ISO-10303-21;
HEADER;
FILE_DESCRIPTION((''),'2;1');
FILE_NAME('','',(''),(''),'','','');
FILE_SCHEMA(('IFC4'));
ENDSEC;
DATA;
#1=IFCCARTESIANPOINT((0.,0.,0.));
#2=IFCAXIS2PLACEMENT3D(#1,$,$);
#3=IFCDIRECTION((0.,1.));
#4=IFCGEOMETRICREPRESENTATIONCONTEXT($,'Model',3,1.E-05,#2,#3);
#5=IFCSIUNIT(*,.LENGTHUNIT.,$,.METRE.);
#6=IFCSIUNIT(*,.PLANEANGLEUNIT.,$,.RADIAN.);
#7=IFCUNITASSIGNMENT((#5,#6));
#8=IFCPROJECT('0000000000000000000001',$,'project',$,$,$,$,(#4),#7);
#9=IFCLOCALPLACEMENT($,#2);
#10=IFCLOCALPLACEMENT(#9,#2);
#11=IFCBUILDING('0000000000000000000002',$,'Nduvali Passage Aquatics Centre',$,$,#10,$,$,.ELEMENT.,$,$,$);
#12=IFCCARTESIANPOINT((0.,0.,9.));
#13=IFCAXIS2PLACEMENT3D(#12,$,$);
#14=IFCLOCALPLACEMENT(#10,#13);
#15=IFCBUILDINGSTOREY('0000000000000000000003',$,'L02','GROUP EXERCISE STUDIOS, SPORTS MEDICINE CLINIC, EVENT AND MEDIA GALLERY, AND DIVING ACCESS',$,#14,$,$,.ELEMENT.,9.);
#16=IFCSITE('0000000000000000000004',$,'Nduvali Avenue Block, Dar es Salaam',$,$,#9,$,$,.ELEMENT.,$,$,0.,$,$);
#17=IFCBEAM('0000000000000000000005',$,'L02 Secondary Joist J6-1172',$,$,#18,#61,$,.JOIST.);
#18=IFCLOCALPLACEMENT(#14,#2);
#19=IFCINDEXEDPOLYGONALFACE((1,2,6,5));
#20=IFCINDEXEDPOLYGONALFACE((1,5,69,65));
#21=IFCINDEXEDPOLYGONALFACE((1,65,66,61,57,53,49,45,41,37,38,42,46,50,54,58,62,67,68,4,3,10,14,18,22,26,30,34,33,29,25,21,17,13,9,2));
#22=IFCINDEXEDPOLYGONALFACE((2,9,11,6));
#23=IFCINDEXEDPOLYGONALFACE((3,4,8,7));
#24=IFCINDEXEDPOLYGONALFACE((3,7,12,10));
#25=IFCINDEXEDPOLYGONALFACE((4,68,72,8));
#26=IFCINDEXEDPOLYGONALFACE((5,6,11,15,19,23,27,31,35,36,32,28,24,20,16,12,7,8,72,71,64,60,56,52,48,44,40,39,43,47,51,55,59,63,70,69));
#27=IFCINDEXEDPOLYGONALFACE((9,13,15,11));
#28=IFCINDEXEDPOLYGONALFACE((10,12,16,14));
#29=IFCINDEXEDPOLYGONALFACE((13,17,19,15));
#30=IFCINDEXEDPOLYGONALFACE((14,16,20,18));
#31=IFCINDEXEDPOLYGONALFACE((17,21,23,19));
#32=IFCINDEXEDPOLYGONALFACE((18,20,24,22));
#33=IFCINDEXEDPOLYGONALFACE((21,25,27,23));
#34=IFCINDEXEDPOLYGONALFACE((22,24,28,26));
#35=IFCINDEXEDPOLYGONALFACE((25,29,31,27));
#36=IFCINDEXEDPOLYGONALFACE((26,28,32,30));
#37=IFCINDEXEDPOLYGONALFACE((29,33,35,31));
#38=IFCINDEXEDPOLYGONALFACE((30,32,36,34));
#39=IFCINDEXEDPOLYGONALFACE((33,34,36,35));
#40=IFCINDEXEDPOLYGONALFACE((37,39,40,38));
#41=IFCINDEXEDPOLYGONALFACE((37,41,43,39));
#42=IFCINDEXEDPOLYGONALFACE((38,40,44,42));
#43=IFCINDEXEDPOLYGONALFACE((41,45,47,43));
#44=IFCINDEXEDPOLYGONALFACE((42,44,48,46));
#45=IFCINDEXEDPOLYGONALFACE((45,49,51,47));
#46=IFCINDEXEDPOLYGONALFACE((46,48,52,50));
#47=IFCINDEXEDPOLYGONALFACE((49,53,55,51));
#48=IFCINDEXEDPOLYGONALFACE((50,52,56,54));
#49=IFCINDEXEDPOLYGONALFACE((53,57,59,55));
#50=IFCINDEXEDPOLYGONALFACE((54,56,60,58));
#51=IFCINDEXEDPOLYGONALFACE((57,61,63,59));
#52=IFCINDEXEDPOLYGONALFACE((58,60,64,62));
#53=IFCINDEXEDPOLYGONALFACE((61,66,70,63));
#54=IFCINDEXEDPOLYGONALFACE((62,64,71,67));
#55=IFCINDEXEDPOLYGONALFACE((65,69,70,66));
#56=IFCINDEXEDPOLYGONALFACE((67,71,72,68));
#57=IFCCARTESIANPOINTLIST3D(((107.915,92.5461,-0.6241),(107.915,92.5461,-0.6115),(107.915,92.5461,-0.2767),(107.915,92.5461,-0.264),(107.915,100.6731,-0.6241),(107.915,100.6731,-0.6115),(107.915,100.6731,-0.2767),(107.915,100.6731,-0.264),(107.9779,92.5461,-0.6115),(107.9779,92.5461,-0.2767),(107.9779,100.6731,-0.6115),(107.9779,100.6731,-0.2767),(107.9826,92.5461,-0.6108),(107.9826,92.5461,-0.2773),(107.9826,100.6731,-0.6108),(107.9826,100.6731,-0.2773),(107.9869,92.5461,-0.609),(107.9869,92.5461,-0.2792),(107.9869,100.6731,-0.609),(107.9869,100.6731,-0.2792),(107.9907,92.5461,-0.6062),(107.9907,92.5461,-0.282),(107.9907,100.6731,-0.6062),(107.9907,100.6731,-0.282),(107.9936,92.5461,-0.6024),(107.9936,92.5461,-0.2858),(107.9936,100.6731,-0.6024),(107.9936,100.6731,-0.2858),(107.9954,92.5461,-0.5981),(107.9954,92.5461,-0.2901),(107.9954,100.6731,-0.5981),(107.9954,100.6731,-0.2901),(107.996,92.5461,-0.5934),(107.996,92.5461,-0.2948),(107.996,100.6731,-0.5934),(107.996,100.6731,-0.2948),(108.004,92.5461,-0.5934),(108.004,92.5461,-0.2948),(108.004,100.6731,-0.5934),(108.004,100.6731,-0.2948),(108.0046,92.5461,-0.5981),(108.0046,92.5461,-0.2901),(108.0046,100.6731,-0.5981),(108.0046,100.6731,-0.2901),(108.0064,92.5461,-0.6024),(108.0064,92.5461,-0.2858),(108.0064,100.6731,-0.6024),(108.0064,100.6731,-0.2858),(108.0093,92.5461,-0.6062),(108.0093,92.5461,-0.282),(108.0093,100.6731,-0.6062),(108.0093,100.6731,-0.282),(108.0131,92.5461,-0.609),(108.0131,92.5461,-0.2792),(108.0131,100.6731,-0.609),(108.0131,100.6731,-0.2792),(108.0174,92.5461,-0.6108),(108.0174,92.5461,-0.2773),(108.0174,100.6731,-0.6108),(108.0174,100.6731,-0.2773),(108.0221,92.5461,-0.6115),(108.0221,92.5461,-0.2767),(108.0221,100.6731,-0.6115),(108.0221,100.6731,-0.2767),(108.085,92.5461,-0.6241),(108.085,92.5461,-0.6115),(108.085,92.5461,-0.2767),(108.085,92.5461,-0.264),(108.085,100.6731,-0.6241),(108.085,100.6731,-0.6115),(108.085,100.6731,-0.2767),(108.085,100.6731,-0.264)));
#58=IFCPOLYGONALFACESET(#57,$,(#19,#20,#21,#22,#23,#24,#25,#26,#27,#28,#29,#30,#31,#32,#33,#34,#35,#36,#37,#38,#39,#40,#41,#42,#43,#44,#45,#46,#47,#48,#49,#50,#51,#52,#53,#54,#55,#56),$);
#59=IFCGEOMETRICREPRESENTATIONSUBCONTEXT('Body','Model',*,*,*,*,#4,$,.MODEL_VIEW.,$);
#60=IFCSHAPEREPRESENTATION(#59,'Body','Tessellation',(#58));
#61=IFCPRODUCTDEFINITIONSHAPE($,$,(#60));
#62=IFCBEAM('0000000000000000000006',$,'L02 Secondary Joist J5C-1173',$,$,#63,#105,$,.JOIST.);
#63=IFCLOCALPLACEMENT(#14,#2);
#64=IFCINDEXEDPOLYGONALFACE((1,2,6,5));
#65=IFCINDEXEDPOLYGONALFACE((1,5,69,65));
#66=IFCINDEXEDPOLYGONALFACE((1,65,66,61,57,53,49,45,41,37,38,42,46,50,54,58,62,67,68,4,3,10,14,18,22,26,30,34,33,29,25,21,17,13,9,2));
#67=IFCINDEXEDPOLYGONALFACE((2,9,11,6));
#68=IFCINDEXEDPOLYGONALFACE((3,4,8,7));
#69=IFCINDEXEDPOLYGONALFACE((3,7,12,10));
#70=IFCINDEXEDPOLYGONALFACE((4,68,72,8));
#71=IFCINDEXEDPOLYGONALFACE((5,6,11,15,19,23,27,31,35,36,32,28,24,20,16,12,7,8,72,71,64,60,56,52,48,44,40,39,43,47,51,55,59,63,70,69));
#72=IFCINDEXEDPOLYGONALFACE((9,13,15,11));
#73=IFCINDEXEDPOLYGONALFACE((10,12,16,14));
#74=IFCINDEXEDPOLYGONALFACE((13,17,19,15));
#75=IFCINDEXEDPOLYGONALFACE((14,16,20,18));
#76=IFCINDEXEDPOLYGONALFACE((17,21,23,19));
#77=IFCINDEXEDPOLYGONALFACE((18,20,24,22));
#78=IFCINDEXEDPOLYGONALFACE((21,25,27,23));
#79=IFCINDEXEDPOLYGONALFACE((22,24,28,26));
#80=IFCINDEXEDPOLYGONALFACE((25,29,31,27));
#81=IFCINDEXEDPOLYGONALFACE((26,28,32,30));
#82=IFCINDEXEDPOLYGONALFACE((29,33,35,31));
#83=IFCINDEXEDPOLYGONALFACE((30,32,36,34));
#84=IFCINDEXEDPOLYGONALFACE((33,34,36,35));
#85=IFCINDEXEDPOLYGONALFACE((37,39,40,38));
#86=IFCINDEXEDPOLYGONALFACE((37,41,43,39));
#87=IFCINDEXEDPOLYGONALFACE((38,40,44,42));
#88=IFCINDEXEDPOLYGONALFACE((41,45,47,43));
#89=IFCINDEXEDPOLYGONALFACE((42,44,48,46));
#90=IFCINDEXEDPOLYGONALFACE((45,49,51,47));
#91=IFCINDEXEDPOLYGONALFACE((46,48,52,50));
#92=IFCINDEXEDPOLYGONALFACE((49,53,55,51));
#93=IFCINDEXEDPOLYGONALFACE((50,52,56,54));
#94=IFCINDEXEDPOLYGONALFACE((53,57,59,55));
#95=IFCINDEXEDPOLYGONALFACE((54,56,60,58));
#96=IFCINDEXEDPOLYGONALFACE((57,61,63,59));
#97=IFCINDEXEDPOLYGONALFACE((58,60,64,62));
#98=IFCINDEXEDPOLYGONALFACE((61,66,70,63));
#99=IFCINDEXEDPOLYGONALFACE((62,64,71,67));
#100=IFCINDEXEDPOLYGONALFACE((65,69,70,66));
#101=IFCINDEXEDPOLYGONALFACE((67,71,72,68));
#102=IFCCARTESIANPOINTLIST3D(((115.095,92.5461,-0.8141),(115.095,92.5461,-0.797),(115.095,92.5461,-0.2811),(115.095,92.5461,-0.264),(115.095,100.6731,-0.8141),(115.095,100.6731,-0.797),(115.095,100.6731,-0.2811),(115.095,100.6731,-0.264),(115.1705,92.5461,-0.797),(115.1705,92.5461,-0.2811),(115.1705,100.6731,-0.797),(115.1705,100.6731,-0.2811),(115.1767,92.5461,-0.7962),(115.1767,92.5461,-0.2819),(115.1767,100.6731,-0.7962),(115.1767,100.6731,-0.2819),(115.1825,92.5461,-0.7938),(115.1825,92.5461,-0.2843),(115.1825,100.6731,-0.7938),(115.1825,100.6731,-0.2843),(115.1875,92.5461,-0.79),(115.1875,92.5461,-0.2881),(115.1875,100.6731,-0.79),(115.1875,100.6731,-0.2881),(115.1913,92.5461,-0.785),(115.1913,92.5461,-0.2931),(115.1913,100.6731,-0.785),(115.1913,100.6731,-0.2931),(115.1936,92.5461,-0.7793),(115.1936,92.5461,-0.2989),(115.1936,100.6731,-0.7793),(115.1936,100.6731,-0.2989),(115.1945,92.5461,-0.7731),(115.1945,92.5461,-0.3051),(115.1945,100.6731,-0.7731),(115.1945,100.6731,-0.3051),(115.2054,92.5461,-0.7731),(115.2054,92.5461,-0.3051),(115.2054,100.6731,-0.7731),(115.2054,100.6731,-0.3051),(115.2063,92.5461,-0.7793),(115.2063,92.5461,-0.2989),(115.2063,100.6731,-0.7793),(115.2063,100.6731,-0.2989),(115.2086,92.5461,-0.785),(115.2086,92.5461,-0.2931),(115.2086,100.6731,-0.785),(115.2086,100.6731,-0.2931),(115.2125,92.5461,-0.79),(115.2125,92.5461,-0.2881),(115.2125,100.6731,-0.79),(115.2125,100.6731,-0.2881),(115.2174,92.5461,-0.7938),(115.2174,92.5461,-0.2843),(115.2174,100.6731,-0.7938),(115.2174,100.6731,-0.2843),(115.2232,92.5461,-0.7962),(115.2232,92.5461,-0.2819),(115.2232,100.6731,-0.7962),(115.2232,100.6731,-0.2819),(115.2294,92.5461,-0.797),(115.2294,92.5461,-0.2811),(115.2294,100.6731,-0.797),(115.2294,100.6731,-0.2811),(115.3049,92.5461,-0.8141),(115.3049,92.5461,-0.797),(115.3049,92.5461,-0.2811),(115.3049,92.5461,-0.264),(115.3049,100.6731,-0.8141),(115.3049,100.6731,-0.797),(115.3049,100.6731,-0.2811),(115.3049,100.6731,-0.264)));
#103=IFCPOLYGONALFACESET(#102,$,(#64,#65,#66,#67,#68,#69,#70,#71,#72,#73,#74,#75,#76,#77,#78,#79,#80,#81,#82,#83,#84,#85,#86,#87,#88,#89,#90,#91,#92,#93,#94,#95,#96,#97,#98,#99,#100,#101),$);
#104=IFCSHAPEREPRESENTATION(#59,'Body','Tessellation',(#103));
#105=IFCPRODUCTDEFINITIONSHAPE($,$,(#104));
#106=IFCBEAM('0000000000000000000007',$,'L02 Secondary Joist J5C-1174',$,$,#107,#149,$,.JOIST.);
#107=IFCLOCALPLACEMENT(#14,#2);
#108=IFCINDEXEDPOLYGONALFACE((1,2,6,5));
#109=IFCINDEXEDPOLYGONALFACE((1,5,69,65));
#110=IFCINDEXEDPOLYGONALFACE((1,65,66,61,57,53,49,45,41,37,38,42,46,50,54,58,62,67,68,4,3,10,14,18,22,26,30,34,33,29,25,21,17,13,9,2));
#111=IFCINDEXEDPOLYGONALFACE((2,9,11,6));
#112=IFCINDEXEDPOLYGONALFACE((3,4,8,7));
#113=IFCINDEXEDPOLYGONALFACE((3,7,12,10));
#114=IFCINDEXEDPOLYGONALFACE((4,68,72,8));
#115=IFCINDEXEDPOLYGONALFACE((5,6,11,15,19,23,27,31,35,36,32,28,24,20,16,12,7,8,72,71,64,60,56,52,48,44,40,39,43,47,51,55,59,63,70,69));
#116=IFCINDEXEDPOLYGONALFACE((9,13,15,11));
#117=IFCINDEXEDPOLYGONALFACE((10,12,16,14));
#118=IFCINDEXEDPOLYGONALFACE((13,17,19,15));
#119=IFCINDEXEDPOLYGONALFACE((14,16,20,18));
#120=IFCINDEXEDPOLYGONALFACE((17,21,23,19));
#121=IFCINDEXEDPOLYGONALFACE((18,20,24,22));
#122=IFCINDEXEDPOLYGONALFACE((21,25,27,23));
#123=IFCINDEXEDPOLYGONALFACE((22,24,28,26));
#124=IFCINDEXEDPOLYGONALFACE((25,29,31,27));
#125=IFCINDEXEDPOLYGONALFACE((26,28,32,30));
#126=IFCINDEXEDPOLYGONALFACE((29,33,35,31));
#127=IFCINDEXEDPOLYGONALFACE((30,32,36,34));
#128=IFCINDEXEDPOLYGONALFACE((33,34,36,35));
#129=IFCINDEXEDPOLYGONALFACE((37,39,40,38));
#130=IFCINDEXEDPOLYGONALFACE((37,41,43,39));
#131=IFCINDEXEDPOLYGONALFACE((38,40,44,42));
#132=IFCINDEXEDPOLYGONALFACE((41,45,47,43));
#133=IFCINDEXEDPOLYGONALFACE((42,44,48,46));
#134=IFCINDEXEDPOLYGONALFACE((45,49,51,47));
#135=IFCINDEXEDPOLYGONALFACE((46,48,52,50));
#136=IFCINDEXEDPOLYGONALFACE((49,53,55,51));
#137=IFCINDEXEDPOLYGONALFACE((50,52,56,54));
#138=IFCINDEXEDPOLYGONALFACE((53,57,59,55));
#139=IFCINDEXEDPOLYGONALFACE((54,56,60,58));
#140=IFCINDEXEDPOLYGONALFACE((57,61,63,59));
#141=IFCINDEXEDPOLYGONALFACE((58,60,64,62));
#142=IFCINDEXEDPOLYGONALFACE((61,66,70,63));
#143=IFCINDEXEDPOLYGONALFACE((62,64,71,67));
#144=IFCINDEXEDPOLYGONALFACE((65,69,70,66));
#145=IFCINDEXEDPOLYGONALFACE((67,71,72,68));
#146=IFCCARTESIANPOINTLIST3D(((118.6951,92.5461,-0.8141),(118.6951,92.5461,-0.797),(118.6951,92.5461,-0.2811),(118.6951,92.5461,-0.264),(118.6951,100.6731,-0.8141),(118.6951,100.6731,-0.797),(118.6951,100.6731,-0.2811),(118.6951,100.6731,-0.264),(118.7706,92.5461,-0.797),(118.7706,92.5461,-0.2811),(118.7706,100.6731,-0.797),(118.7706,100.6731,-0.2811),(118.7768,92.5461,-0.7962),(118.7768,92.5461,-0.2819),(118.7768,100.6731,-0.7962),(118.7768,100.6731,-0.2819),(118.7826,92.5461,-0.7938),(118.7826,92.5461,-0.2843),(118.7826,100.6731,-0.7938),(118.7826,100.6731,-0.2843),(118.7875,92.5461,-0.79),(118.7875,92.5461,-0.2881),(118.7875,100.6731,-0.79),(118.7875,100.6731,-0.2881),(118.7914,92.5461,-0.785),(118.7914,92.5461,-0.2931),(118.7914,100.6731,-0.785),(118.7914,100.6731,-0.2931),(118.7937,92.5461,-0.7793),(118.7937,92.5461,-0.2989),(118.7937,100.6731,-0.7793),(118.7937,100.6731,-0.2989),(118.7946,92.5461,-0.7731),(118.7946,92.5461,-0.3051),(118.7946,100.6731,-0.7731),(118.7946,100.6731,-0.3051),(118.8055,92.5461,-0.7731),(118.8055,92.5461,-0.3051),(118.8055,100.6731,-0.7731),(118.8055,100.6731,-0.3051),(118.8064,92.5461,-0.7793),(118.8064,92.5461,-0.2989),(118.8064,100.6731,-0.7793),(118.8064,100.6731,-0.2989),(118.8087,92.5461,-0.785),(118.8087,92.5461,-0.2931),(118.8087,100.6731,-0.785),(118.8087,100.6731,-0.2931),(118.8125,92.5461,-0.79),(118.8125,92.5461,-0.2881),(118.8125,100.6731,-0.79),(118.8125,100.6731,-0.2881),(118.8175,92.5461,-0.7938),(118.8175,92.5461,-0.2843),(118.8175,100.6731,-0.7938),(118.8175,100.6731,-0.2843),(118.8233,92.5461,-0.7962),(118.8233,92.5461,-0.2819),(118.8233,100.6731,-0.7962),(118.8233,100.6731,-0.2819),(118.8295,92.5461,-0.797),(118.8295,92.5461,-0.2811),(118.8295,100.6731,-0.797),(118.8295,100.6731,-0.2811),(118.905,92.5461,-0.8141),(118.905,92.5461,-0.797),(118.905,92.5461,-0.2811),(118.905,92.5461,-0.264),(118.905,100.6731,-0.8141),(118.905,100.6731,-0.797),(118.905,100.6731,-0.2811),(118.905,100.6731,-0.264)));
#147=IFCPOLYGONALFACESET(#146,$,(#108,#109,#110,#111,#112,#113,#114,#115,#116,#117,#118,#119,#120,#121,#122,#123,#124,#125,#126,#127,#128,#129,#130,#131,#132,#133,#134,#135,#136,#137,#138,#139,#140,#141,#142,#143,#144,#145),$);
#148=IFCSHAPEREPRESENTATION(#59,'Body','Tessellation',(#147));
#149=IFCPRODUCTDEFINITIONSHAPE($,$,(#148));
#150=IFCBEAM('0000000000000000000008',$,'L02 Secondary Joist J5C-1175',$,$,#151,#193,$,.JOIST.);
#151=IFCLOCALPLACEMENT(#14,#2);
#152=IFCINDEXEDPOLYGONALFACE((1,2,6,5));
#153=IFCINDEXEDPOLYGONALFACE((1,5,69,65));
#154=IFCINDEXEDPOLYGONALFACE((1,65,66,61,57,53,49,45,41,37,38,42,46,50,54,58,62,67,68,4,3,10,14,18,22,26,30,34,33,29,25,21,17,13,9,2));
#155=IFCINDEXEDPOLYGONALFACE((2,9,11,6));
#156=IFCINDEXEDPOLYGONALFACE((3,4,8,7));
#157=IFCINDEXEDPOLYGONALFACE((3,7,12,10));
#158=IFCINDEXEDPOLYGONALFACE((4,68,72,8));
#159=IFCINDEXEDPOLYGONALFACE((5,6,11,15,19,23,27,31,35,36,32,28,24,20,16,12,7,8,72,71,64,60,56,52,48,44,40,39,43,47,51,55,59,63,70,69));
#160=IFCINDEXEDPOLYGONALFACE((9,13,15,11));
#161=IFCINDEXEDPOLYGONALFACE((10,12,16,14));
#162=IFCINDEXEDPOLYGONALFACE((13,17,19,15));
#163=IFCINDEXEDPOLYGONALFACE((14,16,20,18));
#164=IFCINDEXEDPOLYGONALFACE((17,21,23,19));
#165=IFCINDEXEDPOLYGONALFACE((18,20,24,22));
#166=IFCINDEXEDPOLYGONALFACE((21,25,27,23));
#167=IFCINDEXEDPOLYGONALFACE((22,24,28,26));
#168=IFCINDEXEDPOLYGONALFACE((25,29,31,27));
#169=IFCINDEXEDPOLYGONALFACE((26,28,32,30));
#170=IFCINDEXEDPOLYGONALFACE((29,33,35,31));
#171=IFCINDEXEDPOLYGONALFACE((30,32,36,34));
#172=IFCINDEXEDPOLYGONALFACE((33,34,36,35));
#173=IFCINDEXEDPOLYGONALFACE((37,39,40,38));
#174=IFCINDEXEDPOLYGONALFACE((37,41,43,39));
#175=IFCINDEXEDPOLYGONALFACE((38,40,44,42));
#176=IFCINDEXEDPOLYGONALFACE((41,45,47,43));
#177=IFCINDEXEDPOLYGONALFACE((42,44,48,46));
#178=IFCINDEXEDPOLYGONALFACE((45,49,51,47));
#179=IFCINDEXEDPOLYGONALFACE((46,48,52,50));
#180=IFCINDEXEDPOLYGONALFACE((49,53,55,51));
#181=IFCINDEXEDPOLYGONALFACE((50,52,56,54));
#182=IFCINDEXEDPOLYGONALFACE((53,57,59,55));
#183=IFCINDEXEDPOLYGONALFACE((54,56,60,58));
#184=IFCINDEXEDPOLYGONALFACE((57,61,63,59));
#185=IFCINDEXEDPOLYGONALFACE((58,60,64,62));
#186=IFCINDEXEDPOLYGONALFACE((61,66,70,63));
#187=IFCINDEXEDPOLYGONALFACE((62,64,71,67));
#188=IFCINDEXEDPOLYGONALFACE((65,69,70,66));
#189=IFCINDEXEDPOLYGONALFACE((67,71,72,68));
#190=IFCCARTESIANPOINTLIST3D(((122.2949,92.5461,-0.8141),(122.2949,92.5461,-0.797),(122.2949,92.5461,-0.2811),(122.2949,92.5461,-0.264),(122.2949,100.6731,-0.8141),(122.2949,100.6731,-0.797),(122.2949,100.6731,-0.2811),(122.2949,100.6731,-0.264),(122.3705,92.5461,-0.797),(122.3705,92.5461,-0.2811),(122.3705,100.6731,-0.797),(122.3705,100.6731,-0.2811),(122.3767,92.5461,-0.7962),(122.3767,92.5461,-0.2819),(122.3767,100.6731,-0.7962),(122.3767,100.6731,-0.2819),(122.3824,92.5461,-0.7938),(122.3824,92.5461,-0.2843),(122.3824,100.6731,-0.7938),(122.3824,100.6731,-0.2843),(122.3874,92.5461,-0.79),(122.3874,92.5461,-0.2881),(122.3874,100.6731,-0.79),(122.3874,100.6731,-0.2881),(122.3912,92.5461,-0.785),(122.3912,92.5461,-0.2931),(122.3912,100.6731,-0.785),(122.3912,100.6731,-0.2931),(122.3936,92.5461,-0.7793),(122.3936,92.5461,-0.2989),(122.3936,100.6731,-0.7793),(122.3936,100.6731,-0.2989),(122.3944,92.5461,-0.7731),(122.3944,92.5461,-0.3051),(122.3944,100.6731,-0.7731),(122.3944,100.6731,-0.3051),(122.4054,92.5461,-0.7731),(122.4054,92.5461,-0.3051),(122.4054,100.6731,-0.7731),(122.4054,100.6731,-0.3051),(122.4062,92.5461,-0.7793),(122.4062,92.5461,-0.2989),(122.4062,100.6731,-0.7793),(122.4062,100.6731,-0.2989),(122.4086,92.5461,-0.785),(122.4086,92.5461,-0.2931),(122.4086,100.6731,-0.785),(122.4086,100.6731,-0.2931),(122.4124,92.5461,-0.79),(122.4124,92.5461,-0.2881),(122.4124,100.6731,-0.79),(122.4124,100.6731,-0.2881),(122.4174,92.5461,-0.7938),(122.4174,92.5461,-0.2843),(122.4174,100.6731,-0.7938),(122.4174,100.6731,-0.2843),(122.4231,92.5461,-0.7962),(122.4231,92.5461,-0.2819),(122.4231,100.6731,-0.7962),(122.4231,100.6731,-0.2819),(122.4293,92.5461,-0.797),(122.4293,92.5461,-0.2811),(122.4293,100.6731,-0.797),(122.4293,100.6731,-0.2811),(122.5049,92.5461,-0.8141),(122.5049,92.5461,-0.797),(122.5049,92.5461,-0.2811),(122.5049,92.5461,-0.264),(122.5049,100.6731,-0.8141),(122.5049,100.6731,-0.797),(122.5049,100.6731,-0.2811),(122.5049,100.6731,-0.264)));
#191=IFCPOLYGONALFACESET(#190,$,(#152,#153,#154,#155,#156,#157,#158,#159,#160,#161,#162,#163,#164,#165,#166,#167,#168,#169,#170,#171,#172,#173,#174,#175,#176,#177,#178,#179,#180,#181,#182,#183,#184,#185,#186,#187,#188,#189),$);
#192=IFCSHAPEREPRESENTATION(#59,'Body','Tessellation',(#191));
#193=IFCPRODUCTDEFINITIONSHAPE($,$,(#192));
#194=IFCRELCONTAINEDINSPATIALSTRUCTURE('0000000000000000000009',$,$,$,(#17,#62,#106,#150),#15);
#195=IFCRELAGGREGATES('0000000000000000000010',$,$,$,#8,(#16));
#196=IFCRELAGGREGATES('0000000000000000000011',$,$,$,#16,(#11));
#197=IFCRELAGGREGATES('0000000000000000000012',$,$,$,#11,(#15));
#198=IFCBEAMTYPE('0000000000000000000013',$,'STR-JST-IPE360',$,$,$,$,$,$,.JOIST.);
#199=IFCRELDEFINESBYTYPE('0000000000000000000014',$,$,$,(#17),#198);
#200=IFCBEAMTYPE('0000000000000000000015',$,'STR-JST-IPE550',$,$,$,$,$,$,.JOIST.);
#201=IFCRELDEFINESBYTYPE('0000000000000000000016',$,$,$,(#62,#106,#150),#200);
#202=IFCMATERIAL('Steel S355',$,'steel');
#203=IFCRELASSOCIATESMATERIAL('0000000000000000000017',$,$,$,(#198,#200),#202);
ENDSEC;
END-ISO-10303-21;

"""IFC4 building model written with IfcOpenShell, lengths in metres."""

from ifc_helpers import new_model, si_unit, direction, frame, origin, origin_2d, place, context, subcontext, project, spatial, i_section, extrude, material, material_profile, profile_set, type_object, element, save


model = new_model("IFC4")

# Units and contexts
model_context = context("Model", 3, precision=1e-05, world=origin(), true_north=direction((0.0, 1.0)))
body_context = subcontext(model_context, "Body", "Model", "MODEL_VIEW")
ifc_project = project(units=[si_unit("LENGTHUNIT", "METRE"), si_unit("PLANEANGLEUNIT", "RADIAN")], contexts=[model_context])

# Site, building, storey
site_placement = place(None, origin())
site = spatial("IfcSite", under=ifc_project, at=site_placement, Name="Nduvali Avenue Block, Dar es Salaam", CompositionType="ELEMENT", RefElevation=0.0)
building_placement = place(site_placement, origin())
building = spatial("IfcBuilding", under=site, at=building_placement, Name="Nduvali Passage Aquatics Centre", CompositionType="ELEMENT")
storey_placement = place(building_placement, frame((0.0, 0.0, 9.0)))
storey = spatial("IfcBuildingStorey", under=building, at=storey_placement, Name="L02", Description="GROUP EXERCISE STUDIOS, SPORTS MEDICINE CLINIC, EVENT AND MEDIA GALLERY, AND DIVING ACCESS", CompositionType="ELEMENT", Elevation=9.0)

# Shared definitions
ifc_material_1 = material(Name="Steel S355", Category="steel")

# Beams
ifc_material_profile_1 = material_profile(ifc_material_1, i_section(OverallWidth=0.1699, OverallDepth=0.3601, WebThickness=0.0081, FlangeThickness=0.0127, FilletRadius=0.0181, at=origin_2d()), Name="IPE 360")
ifc_profile_set_1 = profile_set([ifc_material_profile_1], Name="Steel S355")
beam_type_1 = type_object("IfcBeamType", Name="STR-JST-IPE360", PredefinedType="JOIST", material=ifc_profile_set_1)
beam_1_placement = place(storey_placement, frame((108.0, 92.5461, -0.4441), z_axis=(0.0, 1.0, 0.0), x_axis=(-1.0, 0.0, 0.0)))
element("IfcBeam", 1, at=beam_1_placement, inside=storey, type_object=beam_type_1, Name="L02 Secondary Joist J6-1172", PredefinedType="JOIST", context=body_context, shape_type="SweptSolid", body=[
    extrude(i_section(OverallWidth=0.1699, OverallDepth=0.3601, WebThickness=0.0081, FlangeThickness=0.0127, FilletRadius=0.0181, at=origin_2d()), origin(), (0.0, 0.0, 1.0), 8.127),
])
ifc_material_profile_2 = material_profile(ifc_material_1, i_section(OverallWidth=0.21, OverallDepth=0.55, WebThickness=0.011, FlangeThickness=0.0171, FilletRadius=0.0239, at=origin_2d()), Name="IPE 550")
ifc_profile_set_2 = profile_set([ifc_material_profile_2], Name="Steel S355")
beam_type_2 = type_object("IfcBeamType", Name="STR-JST-IPE550", PredefinedType="JOIST", material=ifc_profile_set_2)
for number, where, z_axis, x_axis, name in (
    (2, (115.2, 92.5461, -0.5391), (0.0, 1.0, 0.0), (-1.0, 0.0, 0.0), "L02 Secondary Joist J5C-1173"),
    (3, (118.8, 92.5461, -0.5391), (0.0, 1.0, 0.0), (-1.0, 0.0, 0.0), "L02 Secondary Joist J5C-1174"),
    (4, (122.3999, 92.5461, -0.5391), (0.0, 1.0, 0.0), (-1.0, 0.0, 0.0), "L02 Secondary Joist J5C-1175"),
):
    element("IfcBeam", number, at=place(storey_placement, frame(where, z_axis=z_axis, x_axis=x_axis)), inside=storey, type_object=beam_type_2, Name=name, PredefinedType="JOIST", context=body_context, shape_type="SweptSolid", body=[
        extrude(i_section(OverallWidth=0.21, OverallDepth=0.55, WebThickness=0.011, FlangeThickness=0.0171, FilletRadius=0.0239, at=origin_2d()), origin(), (0.0, 0.0, 1.0), 8.127),
    ])

save(model, "model.ifc")
